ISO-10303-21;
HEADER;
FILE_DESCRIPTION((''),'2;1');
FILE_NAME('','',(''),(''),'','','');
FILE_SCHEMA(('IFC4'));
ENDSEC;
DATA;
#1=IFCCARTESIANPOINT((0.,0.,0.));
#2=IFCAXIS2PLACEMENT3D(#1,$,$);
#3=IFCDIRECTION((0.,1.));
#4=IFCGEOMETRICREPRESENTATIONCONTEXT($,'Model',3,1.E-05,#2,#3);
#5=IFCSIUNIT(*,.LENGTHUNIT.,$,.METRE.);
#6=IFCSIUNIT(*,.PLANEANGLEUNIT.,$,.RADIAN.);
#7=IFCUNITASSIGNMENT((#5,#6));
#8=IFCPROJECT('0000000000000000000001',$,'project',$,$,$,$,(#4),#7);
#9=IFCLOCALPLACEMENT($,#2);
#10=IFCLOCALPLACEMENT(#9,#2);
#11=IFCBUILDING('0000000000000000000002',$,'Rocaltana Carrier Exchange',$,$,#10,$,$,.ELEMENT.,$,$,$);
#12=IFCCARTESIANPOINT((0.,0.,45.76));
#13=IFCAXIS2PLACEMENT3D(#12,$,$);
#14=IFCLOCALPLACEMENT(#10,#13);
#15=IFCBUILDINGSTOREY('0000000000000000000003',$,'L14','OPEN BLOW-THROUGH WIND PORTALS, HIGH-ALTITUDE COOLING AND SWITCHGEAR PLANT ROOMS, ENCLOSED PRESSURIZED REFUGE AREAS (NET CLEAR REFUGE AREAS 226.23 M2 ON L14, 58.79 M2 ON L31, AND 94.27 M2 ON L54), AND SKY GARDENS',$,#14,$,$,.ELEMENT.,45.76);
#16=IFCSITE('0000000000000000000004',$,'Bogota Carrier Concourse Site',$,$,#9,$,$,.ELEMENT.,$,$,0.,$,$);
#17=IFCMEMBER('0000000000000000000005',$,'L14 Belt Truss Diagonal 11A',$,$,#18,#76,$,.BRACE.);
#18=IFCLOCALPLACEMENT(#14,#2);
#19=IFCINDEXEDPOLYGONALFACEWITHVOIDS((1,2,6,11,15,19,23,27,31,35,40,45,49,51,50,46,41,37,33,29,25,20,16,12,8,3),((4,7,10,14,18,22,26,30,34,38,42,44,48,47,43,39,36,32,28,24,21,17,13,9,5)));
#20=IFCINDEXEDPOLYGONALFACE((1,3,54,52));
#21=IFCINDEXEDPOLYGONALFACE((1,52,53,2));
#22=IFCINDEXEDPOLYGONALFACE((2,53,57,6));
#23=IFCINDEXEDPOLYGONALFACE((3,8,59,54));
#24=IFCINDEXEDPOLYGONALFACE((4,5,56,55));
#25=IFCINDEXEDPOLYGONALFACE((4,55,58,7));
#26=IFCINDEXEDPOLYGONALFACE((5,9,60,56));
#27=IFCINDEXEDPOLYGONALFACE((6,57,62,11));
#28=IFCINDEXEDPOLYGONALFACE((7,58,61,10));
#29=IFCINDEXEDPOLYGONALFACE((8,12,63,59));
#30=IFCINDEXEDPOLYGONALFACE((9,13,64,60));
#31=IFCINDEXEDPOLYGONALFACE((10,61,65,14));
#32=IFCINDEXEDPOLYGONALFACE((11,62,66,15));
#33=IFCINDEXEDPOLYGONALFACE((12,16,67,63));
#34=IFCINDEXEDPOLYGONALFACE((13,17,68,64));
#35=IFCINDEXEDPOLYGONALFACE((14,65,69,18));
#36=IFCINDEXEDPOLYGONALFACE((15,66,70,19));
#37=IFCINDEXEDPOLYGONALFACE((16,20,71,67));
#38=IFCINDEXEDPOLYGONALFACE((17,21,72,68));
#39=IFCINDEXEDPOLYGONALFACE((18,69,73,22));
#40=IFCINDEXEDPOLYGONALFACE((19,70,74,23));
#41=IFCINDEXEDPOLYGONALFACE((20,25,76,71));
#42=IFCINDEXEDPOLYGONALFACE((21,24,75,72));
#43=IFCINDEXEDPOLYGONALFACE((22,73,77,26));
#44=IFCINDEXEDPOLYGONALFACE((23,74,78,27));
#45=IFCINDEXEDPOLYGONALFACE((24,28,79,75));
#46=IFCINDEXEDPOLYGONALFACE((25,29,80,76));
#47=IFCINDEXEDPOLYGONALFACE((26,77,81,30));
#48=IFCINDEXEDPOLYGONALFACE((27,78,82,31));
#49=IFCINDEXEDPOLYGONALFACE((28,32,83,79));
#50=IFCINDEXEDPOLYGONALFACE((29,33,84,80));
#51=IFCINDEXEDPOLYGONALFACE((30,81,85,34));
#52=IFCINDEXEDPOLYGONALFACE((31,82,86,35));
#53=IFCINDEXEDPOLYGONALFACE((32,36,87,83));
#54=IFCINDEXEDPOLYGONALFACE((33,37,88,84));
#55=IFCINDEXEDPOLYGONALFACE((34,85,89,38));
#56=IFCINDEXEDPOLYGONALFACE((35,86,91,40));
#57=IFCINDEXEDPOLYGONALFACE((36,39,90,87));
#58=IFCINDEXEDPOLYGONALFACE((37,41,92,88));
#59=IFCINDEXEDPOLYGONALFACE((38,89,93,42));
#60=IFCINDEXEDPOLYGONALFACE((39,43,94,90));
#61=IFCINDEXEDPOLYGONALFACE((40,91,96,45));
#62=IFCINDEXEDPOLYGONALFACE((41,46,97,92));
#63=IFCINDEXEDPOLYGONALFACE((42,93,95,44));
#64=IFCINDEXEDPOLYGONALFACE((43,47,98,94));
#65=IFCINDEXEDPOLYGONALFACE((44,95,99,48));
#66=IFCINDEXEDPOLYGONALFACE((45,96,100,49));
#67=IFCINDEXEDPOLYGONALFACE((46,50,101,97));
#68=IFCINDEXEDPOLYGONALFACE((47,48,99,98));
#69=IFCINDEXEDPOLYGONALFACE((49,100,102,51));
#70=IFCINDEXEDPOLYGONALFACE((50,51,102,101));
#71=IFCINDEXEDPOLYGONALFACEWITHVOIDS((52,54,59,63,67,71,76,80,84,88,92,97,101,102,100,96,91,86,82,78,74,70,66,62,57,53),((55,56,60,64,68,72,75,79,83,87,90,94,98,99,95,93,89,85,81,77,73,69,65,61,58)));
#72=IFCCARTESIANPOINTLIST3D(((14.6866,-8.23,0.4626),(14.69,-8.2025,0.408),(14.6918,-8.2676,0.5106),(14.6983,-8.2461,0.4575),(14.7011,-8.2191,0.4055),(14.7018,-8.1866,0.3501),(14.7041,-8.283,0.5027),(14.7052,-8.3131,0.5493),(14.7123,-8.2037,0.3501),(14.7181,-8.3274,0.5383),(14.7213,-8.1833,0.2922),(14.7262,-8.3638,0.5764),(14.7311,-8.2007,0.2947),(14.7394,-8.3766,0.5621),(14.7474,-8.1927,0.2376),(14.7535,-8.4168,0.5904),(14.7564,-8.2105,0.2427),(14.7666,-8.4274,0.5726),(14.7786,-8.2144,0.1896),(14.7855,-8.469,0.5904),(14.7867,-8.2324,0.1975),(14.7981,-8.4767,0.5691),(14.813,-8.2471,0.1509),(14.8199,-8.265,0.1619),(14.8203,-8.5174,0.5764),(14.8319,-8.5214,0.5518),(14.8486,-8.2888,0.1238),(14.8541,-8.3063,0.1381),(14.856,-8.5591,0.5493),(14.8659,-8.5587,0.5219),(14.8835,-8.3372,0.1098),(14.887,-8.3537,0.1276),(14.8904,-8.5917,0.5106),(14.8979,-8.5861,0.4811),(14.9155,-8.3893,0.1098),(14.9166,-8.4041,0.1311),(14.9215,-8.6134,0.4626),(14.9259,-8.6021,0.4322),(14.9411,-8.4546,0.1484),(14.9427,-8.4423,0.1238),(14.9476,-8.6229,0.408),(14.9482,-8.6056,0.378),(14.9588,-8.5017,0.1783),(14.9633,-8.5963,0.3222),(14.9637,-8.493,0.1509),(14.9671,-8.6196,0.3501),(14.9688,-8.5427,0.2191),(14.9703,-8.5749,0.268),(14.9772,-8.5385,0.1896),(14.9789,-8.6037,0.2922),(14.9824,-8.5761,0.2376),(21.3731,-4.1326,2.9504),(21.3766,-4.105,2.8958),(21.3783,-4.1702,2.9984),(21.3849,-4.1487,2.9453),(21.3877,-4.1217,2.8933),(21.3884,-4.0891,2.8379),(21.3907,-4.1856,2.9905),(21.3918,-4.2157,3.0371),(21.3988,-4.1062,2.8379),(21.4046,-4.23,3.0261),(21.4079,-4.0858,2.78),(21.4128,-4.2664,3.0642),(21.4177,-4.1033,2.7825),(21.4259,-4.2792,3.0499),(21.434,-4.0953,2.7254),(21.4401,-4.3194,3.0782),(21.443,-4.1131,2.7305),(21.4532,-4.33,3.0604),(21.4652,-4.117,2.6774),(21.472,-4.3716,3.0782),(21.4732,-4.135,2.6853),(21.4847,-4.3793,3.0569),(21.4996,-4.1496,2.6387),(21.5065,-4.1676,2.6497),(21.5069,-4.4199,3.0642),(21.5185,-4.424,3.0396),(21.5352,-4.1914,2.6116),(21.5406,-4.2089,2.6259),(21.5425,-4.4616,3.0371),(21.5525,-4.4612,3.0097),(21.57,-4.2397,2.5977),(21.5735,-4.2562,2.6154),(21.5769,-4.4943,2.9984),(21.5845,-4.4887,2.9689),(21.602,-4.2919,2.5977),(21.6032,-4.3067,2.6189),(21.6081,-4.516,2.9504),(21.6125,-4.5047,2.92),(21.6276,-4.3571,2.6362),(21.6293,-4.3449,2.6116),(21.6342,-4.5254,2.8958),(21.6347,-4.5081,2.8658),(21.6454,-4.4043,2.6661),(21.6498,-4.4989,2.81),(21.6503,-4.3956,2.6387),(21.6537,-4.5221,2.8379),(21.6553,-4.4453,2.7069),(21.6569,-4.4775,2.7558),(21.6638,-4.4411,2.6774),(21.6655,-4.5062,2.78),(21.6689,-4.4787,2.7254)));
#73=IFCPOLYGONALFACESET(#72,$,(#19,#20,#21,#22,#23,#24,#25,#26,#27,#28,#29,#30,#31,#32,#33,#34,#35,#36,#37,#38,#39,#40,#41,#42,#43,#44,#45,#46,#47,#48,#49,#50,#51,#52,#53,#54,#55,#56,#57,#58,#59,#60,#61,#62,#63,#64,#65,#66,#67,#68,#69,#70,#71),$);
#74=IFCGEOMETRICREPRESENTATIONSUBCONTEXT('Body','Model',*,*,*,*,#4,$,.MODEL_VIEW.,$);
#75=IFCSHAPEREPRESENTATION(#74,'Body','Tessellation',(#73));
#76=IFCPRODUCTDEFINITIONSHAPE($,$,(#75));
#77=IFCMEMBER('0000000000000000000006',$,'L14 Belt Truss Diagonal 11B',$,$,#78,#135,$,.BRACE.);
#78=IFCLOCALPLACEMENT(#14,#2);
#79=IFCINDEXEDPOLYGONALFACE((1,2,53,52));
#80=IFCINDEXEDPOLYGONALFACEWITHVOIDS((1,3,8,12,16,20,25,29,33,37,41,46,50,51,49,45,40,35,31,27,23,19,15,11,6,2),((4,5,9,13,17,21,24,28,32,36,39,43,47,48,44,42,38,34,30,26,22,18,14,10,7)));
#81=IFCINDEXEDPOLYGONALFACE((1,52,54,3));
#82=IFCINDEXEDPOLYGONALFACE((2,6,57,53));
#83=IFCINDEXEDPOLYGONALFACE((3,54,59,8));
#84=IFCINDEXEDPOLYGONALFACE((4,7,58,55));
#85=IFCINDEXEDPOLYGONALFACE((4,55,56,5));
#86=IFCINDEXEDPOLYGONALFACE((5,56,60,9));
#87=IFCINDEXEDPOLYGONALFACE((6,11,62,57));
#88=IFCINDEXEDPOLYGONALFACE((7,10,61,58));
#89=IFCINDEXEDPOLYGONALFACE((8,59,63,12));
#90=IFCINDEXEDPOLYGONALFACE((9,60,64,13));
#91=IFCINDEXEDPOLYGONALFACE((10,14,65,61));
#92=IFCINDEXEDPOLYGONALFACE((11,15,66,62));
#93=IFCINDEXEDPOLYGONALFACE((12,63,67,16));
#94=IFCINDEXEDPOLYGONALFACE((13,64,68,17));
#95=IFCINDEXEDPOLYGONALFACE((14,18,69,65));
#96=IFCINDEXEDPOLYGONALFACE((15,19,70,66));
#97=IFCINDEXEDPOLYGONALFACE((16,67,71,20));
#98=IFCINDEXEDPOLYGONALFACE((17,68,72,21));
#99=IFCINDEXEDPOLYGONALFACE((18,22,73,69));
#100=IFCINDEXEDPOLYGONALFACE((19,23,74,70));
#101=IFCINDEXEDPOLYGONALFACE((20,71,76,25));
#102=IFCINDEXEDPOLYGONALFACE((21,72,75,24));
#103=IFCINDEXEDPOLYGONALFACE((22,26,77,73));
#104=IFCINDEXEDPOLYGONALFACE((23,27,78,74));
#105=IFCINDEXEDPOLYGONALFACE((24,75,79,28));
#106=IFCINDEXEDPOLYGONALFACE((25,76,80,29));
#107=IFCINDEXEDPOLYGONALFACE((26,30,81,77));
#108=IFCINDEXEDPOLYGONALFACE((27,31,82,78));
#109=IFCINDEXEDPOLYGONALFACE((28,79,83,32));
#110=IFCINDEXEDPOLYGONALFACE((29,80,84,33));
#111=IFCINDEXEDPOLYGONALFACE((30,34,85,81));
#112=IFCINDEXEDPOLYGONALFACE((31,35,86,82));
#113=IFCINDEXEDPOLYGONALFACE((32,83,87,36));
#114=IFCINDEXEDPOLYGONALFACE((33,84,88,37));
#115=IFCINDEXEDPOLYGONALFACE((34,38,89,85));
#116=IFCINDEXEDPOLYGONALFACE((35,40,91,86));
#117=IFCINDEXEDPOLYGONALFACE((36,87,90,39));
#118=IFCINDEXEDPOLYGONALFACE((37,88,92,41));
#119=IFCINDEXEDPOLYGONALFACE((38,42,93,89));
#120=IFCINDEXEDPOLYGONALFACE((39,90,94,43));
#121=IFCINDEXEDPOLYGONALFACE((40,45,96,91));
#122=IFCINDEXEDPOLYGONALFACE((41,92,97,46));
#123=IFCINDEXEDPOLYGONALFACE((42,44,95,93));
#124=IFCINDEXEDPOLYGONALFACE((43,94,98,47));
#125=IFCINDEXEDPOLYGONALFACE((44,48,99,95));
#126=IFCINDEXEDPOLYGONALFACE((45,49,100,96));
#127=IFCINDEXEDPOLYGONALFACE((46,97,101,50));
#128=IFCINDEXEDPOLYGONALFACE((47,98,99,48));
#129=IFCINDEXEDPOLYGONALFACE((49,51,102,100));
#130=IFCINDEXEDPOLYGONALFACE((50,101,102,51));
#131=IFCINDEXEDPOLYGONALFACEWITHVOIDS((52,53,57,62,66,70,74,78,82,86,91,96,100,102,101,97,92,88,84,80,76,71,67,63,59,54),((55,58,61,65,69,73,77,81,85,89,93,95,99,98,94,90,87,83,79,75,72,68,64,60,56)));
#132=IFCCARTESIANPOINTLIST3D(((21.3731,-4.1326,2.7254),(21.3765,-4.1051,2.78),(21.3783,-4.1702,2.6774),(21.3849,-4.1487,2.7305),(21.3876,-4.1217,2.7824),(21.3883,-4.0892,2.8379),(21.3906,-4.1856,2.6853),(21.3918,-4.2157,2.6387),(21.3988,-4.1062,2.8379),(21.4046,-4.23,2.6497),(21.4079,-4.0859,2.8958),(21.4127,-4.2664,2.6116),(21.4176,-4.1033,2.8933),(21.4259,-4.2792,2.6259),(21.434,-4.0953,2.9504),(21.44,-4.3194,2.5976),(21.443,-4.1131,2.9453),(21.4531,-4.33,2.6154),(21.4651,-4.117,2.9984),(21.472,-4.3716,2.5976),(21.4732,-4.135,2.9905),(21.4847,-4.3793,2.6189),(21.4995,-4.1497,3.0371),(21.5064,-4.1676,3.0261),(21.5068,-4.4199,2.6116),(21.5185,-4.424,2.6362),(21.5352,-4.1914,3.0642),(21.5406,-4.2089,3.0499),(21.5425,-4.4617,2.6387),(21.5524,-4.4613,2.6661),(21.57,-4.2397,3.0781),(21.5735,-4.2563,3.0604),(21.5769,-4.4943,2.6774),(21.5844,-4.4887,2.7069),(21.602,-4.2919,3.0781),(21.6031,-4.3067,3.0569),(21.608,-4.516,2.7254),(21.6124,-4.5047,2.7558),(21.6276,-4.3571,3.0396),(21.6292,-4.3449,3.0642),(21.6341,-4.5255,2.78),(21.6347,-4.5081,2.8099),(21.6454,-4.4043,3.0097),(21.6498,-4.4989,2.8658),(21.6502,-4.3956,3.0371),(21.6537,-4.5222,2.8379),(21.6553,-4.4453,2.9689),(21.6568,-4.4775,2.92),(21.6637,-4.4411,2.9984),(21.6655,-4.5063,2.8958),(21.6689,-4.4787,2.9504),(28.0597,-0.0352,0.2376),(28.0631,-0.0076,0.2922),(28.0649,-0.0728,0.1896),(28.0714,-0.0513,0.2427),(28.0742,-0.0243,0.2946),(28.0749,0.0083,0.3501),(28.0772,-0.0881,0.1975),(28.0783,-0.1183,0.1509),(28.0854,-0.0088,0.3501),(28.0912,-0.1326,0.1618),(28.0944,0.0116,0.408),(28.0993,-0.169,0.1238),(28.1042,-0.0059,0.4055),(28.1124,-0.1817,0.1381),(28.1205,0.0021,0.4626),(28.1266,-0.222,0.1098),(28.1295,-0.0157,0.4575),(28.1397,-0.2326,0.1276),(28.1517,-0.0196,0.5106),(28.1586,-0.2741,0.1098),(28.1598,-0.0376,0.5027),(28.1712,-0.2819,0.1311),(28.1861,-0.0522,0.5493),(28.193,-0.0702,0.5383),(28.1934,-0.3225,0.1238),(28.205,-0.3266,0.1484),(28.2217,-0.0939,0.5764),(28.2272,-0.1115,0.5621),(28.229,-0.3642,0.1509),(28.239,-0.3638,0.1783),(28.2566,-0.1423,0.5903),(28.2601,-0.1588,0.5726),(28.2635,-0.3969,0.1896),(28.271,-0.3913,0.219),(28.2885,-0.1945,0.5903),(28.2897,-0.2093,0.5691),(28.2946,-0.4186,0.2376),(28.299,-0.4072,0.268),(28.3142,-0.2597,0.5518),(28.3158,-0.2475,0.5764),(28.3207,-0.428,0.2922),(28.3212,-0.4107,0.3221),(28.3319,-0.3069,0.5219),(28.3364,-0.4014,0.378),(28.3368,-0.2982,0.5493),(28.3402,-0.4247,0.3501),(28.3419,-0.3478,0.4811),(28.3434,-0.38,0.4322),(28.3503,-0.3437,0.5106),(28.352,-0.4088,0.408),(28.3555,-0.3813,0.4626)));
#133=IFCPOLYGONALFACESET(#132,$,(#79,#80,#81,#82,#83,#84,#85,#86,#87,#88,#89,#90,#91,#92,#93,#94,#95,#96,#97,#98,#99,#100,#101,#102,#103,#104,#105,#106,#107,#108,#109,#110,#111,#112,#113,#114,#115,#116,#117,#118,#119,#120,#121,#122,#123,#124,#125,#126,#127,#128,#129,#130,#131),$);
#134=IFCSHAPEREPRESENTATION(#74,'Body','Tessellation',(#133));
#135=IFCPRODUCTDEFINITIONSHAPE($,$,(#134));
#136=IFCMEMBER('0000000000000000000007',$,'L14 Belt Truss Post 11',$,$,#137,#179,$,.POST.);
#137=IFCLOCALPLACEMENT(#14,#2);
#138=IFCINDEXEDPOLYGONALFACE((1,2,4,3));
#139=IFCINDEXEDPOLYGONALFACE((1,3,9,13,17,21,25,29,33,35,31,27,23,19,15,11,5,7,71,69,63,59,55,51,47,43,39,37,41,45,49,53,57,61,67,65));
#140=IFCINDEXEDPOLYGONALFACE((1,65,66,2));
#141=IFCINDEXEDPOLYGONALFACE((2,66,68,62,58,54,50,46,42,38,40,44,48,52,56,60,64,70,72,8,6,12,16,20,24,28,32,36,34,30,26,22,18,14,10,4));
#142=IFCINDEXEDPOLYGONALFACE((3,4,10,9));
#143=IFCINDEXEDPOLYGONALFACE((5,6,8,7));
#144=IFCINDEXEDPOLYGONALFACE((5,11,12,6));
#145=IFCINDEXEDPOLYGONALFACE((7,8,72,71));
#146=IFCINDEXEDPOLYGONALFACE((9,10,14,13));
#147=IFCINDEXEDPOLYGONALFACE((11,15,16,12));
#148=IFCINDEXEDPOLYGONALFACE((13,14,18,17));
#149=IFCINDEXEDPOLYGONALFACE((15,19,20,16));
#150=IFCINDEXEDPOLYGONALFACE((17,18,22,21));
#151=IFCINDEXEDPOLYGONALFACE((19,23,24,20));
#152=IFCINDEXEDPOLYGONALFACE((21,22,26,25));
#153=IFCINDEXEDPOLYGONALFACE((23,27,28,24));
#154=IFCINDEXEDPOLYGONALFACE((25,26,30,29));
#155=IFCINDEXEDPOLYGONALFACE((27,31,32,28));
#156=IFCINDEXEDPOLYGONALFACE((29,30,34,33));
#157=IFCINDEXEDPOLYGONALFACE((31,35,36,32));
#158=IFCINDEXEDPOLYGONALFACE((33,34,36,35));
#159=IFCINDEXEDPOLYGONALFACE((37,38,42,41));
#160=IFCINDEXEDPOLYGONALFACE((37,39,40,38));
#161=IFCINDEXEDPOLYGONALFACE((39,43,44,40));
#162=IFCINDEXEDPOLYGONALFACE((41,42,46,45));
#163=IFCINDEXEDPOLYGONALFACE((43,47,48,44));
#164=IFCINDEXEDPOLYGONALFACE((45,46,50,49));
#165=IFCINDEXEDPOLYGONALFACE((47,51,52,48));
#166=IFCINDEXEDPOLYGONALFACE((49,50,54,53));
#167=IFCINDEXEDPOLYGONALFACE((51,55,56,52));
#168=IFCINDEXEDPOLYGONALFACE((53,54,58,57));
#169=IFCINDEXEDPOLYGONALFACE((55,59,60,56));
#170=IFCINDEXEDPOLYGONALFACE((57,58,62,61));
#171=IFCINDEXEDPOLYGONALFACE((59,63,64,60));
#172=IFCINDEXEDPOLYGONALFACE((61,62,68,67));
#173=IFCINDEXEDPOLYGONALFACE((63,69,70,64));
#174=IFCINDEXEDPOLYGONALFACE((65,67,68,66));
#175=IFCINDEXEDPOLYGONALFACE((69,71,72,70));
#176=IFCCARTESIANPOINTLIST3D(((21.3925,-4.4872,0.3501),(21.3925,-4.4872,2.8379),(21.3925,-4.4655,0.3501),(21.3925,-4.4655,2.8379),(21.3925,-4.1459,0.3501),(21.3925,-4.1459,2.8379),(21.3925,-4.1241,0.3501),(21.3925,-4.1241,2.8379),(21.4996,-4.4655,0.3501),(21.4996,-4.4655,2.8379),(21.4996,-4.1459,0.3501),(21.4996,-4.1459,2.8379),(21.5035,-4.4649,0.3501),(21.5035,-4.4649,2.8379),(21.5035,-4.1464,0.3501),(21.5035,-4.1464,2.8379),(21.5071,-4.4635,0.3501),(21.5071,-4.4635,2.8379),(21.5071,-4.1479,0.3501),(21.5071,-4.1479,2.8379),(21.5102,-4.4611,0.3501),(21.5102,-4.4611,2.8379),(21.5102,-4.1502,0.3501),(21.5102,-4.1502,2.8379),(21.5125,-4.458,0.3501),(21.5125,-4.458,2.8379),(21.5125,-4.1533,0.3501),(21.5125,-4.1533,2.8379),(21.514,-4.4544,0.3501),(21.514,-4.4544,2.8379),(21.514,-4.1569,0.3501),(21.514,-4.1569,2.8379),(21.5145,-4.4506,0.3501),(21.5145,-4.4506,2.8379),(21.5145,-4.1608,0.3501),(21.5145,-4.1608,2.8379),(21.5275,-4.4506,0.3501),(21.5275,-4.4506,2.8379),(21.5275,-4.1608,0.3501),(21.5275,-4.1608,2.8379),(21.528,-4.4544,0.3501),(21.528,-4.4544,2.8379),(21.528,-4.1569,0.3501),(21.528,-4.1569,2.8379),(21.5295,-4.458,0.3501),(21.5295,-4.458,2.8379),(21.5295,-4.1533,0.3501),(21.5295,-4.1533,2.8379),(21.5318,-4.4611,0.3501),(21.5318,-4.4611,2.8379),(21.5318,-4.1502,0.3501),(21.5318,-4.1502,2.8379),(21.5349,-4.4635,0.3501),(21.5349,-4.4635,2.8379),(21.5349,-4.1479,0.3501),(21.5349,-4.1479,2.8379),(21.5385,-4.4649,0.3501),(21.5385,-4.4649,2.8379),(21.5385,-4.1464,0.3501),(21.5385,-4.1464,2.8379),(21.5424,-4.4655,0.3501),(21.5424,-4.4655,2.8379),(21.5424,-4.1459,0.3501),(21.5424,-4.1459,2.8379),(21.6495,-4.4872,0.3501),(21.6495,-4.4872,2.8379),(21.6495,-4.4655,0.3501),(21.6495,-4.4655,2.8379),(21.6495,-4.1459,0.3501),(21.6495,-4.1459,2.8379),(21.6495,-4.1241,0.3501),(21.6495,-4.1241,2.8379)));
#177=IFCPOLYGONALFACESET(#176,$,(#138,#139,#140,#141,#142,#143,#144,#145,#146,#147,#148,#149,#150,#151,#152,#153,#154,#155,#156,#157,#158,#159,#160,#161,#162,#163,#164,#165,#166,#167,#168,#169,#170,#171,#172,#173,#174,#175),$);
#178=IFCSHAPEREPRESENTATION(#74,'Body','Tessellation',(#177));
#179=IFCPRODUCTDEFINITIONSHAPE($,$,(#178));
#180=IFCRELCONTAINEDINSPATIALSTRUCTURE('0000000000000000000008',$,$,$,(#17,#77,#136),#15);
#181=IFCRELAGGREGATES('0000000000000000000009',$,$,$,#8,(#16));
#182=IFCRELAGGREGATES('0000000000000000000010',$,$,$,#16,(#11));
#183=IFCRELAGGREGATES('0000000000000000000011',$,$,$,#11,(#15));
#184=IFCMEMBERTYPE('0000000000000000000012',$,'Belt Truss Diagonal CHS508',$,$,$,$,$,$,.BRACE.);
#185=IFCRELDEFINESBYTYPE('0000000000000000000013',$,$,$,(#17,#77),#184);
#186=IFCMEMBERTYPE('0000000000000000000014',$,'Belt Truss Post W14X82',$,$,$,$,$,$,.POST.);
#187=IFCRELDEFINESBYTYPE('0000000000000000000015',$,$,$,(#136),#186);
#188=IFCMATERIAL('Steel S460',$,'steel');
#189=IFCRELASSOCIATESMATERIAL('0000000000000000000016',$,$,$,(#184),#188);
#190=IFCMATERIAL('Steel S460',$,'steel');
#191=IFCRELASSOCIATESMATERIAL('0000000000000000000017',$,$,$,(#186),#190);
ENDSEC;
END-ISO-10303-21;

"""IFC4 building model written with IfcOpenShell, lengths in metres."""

from ifc_helpers import new_model, si_unit, direction, frame, origin, origin_2d, place, context, subcontext, project, spatial, hollow_circle, i_section, extrude, material, material_profile, profile_set, type_object, element, save


model = new_model("IFC4")

# Units and contexts
model_context = context("Model", 3, precision=1e-05, world=origin(), true_north=direction((0.0, 1.0)))
body_context = subcontext(model_context, "Body", "Model", "MODEL_VIEW")
ifc_project = project(units=[si_unit("LENGTHUNIT", "METRE"), si_unit("PLANEANGLEUNIT", "RADIAN")], contexts=[model_context])

# Site, building, storey
site_placement = place(None, origin())
site = spatial("IfcSite", under=ifc_project, at=site_placement, Name="Bogota Carrier Concourse Site", CompositionType="ELEMENT", RefElevation=0.0)
building_placement = place(site_placement, origin())
building = spatial("IfcBuilding", under=site, at=building_placement, Name="Rocaltana Carrier Exchange", CompositionType="ELEMENT")
storey_placement = place(building_placement, frame((0.0, 0.0, 45.76)))
storey = spatial("IfcBuildingStorey", under=building, at=storey_placement, Name="L14", Description="OPEN BLOW-THROUGH WIND PORTALS, HIGH-ALTITUDE COOLING AND SWITCHGEAR PLANT ROOMS, ENCLOSED PRESSURIZED REFUGE AREAS (NET CLEAR REFUGE AREAS 226.23 M2 ON L14, 58.79 M2 ON L31, AND 94.27 M2 ON L54), AND SKY GARDENS", CompositionType="ELEMENT", Elevation=45.76)

# Members
ifc_material_1 = material(Name="Steel S460", Category="steel")
ifc_material_profile_1 = material_profile(ifc_material_1, hollow_circle(Radius=0.2539, WallThickness=0.02, at=origin_2d()), Name="CHS508X20")
ifc_profile_set_1 = profile_set([ifc_material_profile_1], Name="Steel S460")
member_type_1 = type_object("IfcMemberType", Name="Belt Truss Diagonal CHS508", PredefinedType="BRACE", material=ifc_profile_set_1)
for number, where, z_axis, x_axis, name in (
    (1, (14.8345, -8.4031, 0.3501), (0.81273, 0.49803, 0.302385), (-0.52249, 0.852646, 0.0), "L14 Belt Truss Diagonal 11A"),
    (2, (21.521, -4.3057, 2.8379), (0.81273, 0.49803, -0.302385), (-0.52249, 0.852646, 0.0), "L14 Belt Truss Diagonal 11B"),
):
    element("IfcMember", number, at=place(storey_placement, frame(where, z_axis=z_axis, x_axis=x_axis)), inside=storey, type_object=member_type_1, Name=name, PredefinedType="BRACE", context=body_context, shape_type="SweptSolid", body=[
        extrude(hollow_circle(Radius=0.2539, WallThickness=0.02, at=origin_2d()), origin(), (0.0, 0.0, 1.0), 8.2273),
    ])
ifc_material_2 = material(Name="Steel S460", Category="steel")
ifc_material_profile_2 = material_profile(ifc_material_2, i_section(OverallWidth=0.2571, OverallDepth=0.363, WebThickness=0.0129, FlangeThickness=0.0217, FilletRadius=0.0149, at=origin_2d()), Name="W14X82")
ifc_profile_set_2 = profile_set([ifc_material_profile_2], Name="Steel S460")
member_type_2 = type_object("IfcMemberType", Name="Belt Truss Post W14X82", PredefinedType="POST", material=ifc_profile_set_2)
member_1_placement = place(storey_placement, frame((21.521, -4.3057, 0.3501), z_axis=(0.0, 0.0, 1.0), x_axis=(1.0, 0.0, 0.0)))
element("IfcMember", 3, at=member_1_placement, inside=storey, type_object=member_type_2, Name="L14 Belt Truss Post 11", PredefinedType="POST", context=body_context, shape_type="SweptSolid", body=[
    extrude(i_section(OverallWidth=0.2571, OverallDepth=0.363, WebThickness=0.0129, FlangeThickness=0.0217, FilletRadius=0.0149, at=origin_2d()), origin(), (0.0, 0.0, 1.0), 2.4878),
])

save(model, "model.ifc")
